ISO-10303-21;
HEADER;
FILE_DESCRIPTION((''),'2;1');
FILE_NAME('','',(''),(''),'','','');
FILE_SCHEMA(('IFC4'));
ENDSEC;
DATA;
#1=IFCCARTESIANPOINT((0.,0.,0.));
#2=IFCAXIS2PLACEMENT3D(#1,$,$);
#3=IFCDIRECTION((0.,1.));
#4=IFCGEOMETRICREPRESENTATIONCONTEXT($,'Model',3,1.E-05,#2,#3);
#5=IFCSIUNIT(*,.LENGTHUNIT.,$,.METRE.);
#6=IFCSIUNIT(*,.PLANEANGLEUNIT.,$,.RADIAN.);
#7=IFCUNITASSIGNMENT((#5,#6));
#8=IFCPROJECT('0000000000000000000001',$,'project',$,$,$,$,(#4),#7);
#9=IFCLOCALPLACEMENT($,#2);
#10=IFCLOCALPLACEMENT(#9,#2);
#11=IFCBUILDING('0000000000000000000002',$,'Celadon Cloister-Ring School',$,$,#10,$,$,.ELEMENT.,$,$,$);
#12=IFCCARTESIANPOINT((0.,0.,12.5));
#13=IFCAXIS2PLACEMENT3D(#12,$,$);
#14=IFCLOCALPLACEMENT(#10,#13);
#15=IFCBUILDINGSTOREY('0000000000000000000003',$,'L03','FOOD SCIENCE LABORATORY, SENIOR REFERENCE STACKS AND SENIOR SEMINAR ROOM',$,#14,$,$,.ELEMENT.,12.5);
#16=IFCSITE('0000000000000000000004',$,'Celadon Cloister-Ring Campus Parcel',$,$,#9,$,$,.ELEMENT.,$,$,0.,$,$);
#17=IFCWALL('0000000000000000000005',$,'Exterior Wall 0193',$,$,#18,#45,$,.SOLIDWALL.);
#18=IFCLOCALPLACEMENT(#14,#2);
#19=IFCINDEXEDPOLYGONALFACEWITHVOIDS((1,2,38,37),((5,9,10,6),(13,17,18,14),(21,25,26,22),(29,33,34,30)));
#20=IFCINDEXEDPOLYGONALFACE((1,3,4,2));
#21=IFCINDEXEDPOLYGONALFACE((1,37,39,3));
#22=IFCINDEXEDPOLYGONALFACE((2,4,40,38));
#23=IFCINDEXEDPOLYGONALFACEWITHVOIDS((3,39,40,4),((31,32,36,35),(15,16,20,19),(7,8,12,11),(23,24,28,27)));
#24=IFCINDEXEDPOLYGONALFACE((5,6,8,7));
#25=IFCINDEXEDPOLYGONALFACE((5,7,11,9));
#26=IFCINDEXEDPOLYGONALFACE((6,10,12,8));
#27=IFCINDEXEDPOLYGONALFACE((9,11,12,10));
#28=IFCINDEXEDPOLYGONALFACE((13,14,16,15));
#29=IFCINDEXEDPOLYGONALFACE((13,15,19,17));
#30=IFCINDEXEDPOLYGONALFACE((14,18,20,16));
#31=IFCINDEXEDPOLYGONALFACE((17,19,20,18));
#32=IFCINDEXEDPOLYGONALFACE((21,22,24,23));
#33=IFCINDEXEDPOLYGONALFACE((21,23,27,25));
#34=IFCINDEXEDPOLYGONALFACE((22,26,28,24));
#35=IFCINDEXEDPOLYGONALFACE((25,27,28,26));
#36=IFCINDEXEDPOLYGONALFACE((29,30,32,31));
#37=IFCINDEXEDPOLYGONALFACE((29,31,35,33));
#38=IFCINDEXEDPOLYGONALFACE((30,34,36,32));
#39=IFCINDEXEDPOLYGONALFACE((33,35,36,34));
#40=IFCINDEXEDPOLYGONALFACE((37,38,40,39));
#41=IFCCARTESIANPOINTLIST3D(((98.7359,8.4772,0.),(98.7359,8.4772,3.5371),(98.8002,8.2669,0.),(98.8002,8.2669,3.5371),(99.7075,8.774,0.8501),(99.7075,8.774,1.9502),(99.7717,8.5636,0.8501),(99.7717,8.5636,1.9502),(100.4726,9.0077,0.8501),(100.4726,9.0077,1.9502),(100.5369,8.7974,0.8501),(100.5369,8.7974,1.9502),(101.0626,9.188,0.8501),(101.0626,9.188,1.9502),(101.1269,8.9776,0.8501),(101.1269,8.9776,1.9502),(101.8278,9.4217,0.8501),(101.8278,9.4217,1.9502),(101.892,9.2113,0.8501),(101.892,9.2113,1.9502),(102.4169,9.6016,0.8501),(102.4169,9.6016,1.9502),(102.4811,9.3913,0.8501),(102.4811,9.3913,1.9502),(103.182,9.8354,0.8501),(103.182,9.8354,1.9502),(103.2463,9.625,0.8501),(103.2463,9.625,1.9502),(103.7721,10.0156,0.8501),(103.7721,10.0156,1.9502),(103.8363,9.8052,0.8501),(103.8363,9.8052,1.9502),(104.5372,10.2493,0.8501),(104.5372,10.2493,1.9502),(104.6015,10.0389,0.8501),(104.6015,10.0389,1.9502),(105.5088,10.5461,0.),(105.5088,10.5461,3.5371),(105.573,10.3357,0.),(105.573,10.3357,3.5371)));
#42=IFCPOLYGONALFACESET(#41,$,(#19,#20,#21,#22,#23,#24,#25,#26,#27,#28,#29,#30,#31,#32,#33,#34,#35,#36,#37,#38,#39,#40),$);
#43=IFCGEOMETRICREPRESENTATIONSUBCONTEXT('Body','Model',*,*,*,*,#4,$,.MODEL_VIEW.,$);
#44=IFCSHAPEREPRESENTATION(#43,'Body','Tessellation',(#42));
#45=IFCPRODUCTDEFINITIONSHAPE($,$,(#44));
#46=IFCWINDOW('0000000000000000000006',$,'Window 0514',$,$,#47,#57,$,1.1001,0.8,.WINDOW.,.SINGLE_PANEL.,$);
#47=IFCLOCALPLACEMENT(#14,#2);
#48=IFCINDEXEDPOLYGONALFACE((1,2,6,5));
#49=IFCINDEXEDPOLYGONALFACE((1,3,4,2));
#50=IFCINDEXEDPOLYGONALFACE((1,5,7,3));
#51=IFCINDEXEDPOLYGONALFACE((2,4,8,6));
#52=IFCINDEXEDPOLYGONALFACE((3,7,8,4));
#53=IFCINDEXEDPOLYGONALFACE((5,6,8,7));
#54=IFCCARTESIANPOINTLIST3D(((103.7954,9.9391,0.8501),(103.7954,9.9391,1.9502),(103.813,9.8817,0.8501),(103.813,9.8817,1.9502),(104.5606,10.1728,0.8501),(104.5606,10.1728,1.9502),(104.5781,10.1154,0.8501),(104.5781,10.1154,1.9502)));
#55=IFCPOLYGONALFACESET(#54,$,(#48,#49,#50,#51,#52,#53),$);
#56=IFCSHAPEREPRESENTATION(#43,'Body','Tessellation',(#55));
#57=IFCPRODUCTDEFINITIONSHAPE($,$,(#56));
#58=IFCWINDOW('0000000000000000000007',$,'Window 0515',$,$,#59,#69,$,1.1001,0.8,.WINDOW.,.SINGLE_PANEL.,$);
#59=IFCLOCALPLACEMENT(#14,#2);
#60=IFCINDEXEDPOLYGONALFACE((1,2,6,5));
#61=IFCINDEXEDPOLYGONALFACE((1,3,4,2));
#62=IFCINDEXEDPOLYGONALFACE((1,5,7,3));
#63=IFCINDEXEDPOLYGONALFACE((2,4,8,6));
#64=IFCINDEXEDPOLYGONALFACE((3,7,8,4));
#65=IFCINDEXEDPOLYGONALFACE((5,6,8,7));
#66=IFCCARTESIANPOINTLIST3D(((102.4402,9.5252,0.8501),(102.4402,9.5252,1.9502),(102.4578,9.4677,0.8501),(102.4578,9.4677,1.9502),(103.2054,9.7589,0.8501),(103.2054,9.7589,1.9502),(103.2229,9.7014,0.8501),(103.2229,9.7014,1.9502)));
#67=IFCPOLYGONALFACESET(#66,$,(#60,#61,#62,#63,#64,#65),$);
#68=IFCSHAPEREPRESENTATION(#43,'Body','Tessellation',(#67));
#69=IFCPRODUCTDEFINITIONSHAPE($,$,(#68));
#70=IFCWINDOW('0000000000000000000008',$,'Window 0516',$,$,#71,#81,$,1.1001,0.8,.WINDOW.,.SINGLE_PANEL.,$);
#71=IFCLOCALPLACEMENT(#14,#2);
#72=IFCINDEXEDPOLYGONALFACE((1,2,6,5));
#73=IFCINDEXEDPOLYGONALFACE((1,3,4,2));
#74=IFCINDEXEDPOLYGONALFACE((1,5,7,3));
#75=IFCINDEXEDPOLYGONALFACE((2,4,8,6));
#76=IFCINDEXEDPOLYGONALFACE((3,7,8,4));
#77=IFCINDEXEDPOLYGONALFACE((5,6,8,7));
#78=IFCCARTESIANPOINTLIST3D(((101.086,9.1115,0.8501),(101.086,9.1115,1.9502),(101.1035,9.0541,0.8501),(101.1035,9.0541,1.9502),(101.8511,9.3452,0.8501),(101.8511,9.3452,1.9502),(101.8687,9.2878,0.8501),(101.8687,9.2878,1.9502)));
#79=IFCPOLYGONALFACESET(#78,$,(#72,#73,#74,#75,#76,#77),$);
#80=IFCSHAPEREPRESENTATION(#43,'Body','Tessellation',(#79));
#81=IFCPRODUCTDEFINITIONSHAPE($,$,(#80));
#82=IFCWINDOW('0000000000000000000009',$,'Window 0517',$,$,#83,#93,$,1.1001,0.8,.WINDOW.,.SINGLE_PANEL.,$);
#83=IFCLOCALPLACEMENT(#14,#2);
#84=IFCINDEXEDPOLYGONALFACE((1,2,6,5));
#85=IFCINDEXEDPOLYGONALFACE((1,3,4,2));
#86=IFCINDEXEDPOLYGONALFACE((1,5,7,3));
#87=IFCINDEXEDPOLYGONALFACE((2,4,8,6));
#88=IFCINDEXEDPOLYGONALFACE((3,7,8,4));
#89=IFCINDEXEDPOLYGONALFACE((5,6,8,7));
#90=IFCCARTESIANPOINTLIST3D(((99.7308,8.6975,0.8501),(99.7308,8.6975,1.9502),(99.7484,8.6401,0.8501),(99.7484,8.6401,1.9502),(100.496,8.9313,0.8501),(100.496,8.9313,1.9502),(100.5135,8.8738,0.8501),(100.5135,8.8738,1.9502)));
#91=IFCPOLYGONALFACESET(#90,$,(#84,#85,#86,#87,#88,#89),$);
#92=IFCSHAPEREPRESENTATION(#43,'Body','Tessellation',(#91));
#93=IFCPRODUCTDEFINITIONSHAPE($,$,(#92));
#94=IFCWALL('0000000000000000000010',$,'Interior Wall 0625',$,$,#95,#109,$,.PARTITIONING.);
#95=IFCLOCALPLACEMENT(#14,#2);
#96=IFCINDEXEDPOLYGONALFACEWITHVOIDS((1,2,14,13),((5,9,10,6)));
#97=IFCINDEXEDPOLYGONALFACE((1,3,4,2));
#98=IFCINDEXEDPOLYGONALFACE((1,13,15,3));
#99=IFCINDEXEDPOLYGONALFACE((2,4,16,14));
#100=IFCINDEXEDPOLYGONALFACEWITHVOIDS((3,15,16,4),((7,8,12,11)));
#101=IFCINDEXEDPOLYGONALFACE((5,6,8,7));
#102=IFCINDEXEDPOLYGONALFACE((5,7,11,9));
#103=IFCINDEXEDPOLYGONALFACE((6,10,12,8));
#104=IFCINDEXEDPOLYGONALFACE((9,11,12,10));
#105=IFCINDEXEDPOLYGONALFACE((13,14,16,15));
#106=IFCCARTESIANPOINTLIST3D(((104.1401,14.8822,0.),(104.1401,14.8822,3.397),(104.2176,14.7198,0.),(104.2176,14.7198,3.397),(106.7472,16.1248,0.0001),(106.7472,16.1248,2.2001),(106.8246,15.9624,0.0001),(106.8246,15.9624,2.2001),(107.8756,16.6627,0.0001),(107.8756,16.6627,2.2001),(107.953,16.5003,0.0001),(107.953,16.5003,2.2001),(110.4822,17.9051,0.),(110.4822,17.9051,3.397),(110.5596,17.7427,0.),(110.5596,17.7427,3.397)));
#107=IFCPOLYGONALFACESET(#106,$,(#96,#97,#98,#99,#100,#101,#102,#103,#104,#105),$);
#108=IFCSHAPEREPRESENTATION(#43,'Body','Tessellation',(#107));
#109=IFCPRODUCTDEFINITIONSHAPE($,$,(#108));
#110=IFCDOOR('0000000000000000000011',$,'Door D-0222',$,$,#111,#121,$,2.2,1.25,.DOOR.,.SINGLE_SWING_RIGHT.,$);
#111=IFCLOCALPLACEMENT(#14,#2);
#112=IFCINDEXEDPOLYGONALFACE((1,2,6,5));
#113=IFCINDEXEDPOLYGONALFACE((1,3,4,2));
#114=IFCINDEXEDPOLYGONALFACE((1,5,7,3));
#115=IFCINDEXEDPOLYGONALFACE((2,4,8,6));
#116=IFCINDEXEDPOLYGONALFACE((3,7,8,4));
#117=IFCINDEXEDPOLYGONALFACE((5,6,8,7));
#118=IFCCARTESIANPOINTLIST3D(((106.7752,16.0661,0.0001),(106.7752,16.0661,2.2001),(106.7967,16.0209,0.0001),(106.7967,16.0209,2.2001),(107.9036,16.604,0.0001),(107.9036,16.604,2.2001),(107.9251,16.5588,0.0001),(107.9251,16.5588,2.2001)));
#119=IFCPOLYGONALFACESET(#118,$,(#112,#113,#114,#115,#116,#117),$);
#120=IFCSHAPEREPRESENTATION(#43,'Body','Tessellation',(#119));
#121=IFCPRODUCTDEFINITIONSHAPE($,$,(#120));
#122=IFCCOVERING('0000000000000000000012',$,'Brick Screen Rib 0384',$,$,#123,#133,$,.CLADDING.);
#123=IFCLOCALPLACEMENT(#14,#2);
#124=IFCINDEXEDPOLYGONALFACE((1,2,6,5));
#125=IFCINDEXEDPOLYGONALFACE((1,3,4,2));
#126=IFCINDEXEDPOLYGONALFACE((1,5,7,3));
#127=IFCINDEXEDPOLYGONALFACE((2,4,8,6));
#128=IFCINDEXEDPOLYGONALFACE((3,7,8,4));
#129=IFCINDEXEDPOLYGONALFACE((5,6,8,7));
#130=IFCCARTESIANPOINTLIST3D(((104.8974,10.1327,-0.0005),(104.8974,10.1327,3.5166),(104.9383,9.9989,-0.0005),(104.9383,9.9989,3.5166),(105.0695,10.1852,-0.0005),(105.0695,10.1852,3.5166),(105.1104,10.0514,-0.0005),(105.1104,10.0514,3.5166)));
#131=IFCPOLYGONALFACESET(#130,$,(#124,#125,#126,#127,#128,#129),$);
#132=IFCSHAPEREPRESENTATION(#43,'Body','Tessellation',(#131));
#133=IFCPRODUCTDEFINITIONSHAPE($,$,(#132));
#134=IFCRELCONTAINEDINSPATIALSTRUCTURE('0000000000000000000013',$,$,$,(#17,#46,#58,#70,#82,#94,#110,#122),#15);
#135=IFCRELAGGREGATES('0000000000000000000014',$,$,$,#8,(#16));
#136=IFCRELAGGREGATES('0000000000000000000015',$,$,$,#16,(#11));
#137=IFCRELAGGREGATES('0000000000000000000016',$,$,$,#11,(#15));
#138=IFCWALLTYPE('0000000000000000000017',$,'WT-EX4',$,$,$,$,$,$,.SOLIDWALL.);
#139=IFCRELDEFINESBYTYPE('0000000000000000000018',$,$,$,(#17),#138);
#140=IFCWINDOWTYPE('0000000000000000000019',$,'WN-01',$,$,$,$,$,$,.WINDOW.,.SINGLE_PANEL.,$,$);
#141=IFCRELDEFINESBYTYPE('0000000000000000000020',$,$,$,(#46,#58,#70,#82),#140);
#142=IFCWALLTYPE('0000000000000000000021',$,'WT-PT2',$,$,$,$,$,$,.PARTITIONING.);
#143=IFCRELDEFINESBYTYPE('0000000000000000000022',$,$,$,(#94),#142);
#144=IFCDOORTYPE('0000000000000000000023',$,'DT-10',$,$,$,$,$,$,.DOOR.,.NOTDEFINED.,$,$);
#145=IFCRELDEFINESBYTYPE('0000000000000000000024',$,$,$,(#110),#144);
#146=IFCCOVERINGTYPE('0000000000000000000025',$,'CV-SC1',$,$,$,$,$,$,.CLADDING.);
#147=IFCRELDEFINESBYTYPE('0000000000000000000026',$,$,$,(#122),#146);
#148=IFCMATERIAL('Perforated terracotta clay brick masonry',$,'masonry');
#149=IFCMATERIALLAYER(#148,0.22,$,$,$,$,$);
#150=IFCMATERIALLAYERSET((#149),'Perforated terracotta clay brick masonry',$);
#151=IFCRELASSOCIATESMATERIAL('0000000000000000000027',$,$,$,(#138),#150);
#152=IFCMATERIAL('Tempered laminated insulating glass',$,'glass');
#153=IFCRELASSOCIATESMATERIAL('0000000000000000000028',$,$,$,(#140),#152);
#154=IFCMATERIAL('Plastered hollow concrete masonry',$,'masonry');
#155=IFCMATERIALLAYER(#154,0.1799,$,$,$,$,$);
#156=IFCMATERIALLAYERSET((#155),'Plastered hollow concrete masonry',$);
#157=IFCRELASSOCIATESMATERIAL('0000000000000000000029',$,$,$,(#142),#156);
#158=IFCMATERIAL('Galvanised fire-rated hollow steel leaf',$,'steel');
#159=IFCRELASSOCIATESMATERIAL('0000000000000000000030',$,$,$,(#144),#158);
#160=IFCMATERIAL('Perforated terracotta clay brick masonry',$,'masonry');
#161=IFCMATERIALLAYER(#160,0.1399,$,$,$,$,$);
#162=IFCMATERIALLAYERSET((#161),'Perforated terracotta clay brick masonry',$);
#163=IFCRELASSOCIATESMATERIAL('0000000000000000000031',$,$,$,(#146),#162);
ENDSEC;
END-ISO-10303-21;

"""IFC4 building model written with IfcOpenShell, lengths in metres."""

from ifc_helpers import new_model, si_unit, direction, frame, frame_2d, origin, origin_2d, place, context, subcontext, project, spatial, rectangle, extrude, material, layer, layer_set, type_object, element, fill, save


model = new_model("IFC4")

# Units and contexts
model_context = context("Model", 3, precision=1e-05, world=origin(), true_north=direction((0.0, 1.0)))
body_context = subcontext(model_context, "Body", "Model", "MODEL_VIEW")
ifc_project = project(units=[si_unit("LENGTHUNIT", "METRE"), si_unit("PLANEANGLEUNIT", "RADIAN")], contexts=[model_context])

# Site, building, storey
site_placement = place(None, origin())
site = spatial("IfcSite", under=ifc_project, at=site_placement, Name="Celadon Cloister-Ring Campus Parcel", CompositionType="ELEMENT", RefElevation=0.0)
building_placement = place(site_placement, origin())
building = spatial("IfcBuilding", under=site, at=building_placement, Name="Celadon Cloister-Ring School", CompositionType="ELEMENT")
storey_placement = place(building_placement, frame((0.0, 0.0, 12.5)))
storey = spatial("IfcBuildingStorey", under=building, at=storey_placement, Name="L03", Description="FOOD SCIENCE LABORATORY, SENIOR REFERENCE STACKS AND SENIOR SEMINAR ROOM", CompositionType="ELEMENT", Elevation=12.5)

# Wall, openings, windows
ifc_material_1 = material(Name="Perforated terracotta clay brick masonry", Category="masonry")
ifc_layer_1 = layer(ifc_material_1, 0.22)
ifc_layer_set_1 = layer_set([ifc_layer_1], Name="Perforated terracotta clay brick masonry")
wall_type_1 = type_object("IfcWallType", Name="WT-EX4", PredefinedType="SOLIDWALL", material=ifc_layer_set_1)
wall_1_placement = place(storey_placement, frame((105.541, 10.4409, 0.0), z_axis=(0.0, 0.0, 1.0), x_axis=(-0.956378, -0.292133, 0.0)))
wall_1 = element("IfcWall", 1, at=wall_1_placement, inside=storey, type_object=wall_type_1, Name="Exterior Wall 0193", PredefinedType="SOLIDWALL", context=body_context, shape_type="SweptSolid", body=[
    extrude(rectangle(XDim=7.0818, YDim=0.22, at=frame_2d((3.541, 0.0))), origin(), (0.0, 0.0, 1.0), 3.5371),
])
opening_1_placement = place(wall_1_placement, frame((1.0161, 0.0, 0.8501)))
opening_1 = element("IfcOpeningElement", 2, at=opening_1_placement, cuts=wall_1, PredefinedType="OPENING", context=body_context, shape_type="SweptSolid", body=[
    extrude(rectangle(XDim=0.8, YDim=1.1001, at=frame_2d((0.3999, 0.55))), frame((0.0, 0.1201, 0.0), z_axis=(0.0, -1.0, 0.0), x_axis=(1.0, 0.0, 0.0)), (0.0, 0.0, 1.0), 0.24),
])
opening_2_placement = place(wall_1_placement, frame((2.4331, 0.0, 0.8501)))
opening_2 = element("IfcOpeningElement", 3, at=opening_2_placement, cuts=wall_1, PredefinedType="OPENING", context=body_context, shape_type="SweptSolid", body=[
    extrude(rectangle(XDim=0.8, YDim=1.1001, at=frame_2d((0.3999, 0.55))), frame((0.0, 0.1201, 0.0), z_axis=(0.0, -1.0, 0.0), x_axis=(1.0, 0.0, 0.0)), (0.0, 0.0, 1.0), 0.24),
])
opening_3_placement = place(wall_1_placement, frame((3.8491, 0.0, 0.8501)))
opening_3 = element("IfcOpeningElement", 4, at=opening_3_placement, cuts=wall_1, PredefinedType="OPENING", context=body_context, shape_type="SweptSolid", body=[
    extrude(rectangle(XDim=0.8, YDim=1.1001, at=frame_2d((0.3999, 0.55))), frame((0.0, 0.1201, 0.0), z_axis=(0.0, -1.0, 0.0), x_axis=(1.0, 0.0, 0.0)), (0.0, 0.0, 1.0), 0.24),
])
opening_4_placement = place(wall_1_placement, frame((5.2661, 0.0, 0.8501)))
opening_4 = element("IfcOpeningElement", 5, at=opening_4_placement, cuts=wall_1, PredefinedType="OPENING", context=body_context, shape_type="SweptSolid", body=[
    extrude(rectangle(XDim=0.8, YDim=1.1001, at=frame_2d((0.3999, 0.55))), frame((0.0, 0.1201, 0.0), z_axis=(0.0, -1.0, 0.0), x_axis=(1.0, 0.0, 0.0)), (0.0, 0.0, 1.0), 0.24),
])
ifc_material_2 = material(Name="Tempered laminated insulating glass", Category="glass")
window_type = type_object("IfcWindowType", Name="WN-01", PartitioningType="SINGLE_PANEL", PredefinedType="WINDOW", material=ifc_material_2)
window_1_placement = place(opening_1_placement, origin())
window_1 = element("IfcWindow", 6, at=window_1_placement, inside=storey, type_object=window_type, Name="Window 0514", OverallHeight=1.1001, OverallWidth=0.8, PartitioningType="SINGLE_PANEL", PredefinedType="WINDOW", context=body_context, shape_type="SweptSolid", body=[
    extrude(rectangle(XDim=0.8, YDim=1.1001, at=frame_2d((0.3999, 0.55))), frame((0.0, 0.03, 0.0), z_axis=(0.0, -1.0, 0.0), x_axis=(1.0, 0.0, 0.0)), (0.0, 0.0, 1.0), 0.0601),
])
fill(opening_1, window_1)
window_2_placement = place(opening_2_placement, origin())
window_2 = element("IfcWindow", 7, at=window_2_placement, inside=storey, type_object=window_type, Name="Window 0515", OverallHeight=1.1001, OverallWidth=0.8, PartitioningType="SINGLE_PANEL", PredefinedType="WINDOW", context=body_context, shape_type="SweptSolid", body=[
    extrude(rectangle(XDim=0.8, YDim=1.1001, at=frame_2d((0.3999, 0.55))), frame((0.0, 0.03, 0.0), z_axis=(0.0, -1.0, 0.0), x_axis=(1.0, 0.0, 0.0)), (0.0, 0.0, 1.0), 0.0601),
])
fill(opening_2, window_2)
window_3_placement = place(opening_3_placement, origin())
window_3 = element("IfcWindow", 8, at=window_3_placement, inside=storey, type_object=window_type, Name="Window 0516", OverallHeight=1.1001, OverallWidth=0.8, PartitioningType="SINGLE_PANEL", PredefinedType="WINDOW", context=body_context, shape_type="SweptSolid", body=[
    extrude(rectangle(XDim=0.8, YDim=1.1001, at=frame_2d((0.3999, 0.55))), frame((0.0, 0.03, 0.0), z_axis=(0.0, -1.0, 0.0), x_axis=(1.0, 0.0, 0.0)), (0.0, 0.0, 1.0), 0.0601),
])
fill(opening_3, window_3)
window_4_placement = place(opening_4_placement, origin())
window_4 = element("IfcWindow", 9, at=window_4_placement, inside=storey, type_object=window_type, Name="Window 0517", OverallHeight=1.1001, OverallWidth=0.8, PartitioningType="SINGLE_PANEL", PredefinedType="WINDOW", context=body_context, shape_type="SweptSolid", body=[
    extrude(rectangle(XDim=0.8, YDim=1.1001, at=frame_2d((0.3999, 0.55))), frame((0.0, 0.03, 0.0), z_axis=(0.0, -1.0, 0.0), x_axis=(1.0, 0.0, 0.0)), (0.0, 0.0, 1.0), 0.0601),
])
fill(opening_4, window_4)

# Wall, opening, door
ifc_material_3 = material(Name="Plastered hollow concrete masonry", Category="masonry")
ifc_layer_2 = layer(ifc_material_3, 0.1799)
ifc_layer_set_2 = layer_set([ifc_layer_2], Name="Plastered hollow concrete masonry")
wall_type_2 = type_object("IfcWallType", Name="WT-PT2", PredefinedType="PARTITIONING", material=ifc_layer_set_2)
wall_2_placement = place(storey_placement, frame((104.179, 14.801, 0.0), z_axis=(0.0, 0.0, 1.0), x_axis=(0.902699, 0.430273, 0.0)))
wall_2 = element("IfcWall", 10, at=wall_2_placement, inside=storey, type_object=wall_type_2, Name="Interior Wall 0625", PredefinedType="PARTITIONING", context=body_context, shape_type="SweptSolid", body=[
    extrude(rectangle(XDim=7.0256, YDim=0.1799, at=frame_2d((3.5127, 0.0))), origin(), (0.0, 0.0, 1.0), 3.397),
])
opening_5_placement = place(wall_2_placement, frame((2.8879, 0.0, 0.0)))
opening_5 = element("IfcOpeningElement", 11, at=opening_5_placement, cuts=wall_2, PredefinedType="OPENING", context=body_context, shape_type="SweptSolid", body=[
    extrude(rectangle(XDim=1.25, YDim=2.2, at=frame_2d((0.625, 1.1001))), frame((0.0, 0.1001, 0.0), z_axis=(0.0, -1.0, 0.0), x_axis=(1.0, 0.0, 0.0)), (0.0, 0.0, 1.0), 0.2),
])
ifc_material_4 = material(Name="Galvanised fire-rated hollow steel leaf", Category="steel")
door_type = type_object("IfcDoorType", Name="DT-10", OperationType="NOTDEFINED", PredefinedType="DOOR", material=ifc_material_4)
door_placement = place(opening_5_placement, origin())
door = element("IfcDoor", 12, at=door_placement, inside=storey, type_object=door_type, Name="Door D-0222", OperationType="SINGLE_SWING_RIGHT", OverallHeight=2.2, OverallWidth=1.25, PredefinedType="DOOR", context=body_context, shape_type="SweptSolid", body=[
    extrude(rectangle(XDim=1.25, YDim=2.2, at=frame_2d((0.625, 1.1001))), frame((0.0, 0.0249, 0.0), z_axis=(0.0, -1.0, 0.0), x_axis=(1.0, 0.0, 0.0)), (0.0, 0.0, 1.0), 0.05),
])
fill(opening_5, door)

# Covering
ifc_material_5 = material(Name="Perforated terracotta clay brick masonry", Category="masonry")
ifc_layer_3 = layer(ifc_material_5, 0.1399)
ifc_layer_set_3 = layer_set([ifc_layer_3], Name="Perforated terracotta clay brick masonry")
covering_type = type_object("IfcCoveringType", Name="CV-SC1", PredefinedType="CLADDING", material=ifc_layer_set_3)
covering_placement = place(storey_placement, frame((105.0039, 10.092, -0.0005), z_axis=(0.0, 0.0, 1.0), x_axis=(-0.956371, -0.292155, 0.0)))
element("IfcCovering", 13, at=covering_placement, inside=storey, type_object=covering_type, Name="Brick Screen Rib 0384", PredefinedType="CLADDING", context=body_context, shape_type="SweptSolid", body=[
    extrude(rectangle(XDim=0.1799, YDim=0.1399, at=origin_2d()), origin(), (0.0, 0.0, 1.0), 3.5171),
])

save(model, "model.ifc")
